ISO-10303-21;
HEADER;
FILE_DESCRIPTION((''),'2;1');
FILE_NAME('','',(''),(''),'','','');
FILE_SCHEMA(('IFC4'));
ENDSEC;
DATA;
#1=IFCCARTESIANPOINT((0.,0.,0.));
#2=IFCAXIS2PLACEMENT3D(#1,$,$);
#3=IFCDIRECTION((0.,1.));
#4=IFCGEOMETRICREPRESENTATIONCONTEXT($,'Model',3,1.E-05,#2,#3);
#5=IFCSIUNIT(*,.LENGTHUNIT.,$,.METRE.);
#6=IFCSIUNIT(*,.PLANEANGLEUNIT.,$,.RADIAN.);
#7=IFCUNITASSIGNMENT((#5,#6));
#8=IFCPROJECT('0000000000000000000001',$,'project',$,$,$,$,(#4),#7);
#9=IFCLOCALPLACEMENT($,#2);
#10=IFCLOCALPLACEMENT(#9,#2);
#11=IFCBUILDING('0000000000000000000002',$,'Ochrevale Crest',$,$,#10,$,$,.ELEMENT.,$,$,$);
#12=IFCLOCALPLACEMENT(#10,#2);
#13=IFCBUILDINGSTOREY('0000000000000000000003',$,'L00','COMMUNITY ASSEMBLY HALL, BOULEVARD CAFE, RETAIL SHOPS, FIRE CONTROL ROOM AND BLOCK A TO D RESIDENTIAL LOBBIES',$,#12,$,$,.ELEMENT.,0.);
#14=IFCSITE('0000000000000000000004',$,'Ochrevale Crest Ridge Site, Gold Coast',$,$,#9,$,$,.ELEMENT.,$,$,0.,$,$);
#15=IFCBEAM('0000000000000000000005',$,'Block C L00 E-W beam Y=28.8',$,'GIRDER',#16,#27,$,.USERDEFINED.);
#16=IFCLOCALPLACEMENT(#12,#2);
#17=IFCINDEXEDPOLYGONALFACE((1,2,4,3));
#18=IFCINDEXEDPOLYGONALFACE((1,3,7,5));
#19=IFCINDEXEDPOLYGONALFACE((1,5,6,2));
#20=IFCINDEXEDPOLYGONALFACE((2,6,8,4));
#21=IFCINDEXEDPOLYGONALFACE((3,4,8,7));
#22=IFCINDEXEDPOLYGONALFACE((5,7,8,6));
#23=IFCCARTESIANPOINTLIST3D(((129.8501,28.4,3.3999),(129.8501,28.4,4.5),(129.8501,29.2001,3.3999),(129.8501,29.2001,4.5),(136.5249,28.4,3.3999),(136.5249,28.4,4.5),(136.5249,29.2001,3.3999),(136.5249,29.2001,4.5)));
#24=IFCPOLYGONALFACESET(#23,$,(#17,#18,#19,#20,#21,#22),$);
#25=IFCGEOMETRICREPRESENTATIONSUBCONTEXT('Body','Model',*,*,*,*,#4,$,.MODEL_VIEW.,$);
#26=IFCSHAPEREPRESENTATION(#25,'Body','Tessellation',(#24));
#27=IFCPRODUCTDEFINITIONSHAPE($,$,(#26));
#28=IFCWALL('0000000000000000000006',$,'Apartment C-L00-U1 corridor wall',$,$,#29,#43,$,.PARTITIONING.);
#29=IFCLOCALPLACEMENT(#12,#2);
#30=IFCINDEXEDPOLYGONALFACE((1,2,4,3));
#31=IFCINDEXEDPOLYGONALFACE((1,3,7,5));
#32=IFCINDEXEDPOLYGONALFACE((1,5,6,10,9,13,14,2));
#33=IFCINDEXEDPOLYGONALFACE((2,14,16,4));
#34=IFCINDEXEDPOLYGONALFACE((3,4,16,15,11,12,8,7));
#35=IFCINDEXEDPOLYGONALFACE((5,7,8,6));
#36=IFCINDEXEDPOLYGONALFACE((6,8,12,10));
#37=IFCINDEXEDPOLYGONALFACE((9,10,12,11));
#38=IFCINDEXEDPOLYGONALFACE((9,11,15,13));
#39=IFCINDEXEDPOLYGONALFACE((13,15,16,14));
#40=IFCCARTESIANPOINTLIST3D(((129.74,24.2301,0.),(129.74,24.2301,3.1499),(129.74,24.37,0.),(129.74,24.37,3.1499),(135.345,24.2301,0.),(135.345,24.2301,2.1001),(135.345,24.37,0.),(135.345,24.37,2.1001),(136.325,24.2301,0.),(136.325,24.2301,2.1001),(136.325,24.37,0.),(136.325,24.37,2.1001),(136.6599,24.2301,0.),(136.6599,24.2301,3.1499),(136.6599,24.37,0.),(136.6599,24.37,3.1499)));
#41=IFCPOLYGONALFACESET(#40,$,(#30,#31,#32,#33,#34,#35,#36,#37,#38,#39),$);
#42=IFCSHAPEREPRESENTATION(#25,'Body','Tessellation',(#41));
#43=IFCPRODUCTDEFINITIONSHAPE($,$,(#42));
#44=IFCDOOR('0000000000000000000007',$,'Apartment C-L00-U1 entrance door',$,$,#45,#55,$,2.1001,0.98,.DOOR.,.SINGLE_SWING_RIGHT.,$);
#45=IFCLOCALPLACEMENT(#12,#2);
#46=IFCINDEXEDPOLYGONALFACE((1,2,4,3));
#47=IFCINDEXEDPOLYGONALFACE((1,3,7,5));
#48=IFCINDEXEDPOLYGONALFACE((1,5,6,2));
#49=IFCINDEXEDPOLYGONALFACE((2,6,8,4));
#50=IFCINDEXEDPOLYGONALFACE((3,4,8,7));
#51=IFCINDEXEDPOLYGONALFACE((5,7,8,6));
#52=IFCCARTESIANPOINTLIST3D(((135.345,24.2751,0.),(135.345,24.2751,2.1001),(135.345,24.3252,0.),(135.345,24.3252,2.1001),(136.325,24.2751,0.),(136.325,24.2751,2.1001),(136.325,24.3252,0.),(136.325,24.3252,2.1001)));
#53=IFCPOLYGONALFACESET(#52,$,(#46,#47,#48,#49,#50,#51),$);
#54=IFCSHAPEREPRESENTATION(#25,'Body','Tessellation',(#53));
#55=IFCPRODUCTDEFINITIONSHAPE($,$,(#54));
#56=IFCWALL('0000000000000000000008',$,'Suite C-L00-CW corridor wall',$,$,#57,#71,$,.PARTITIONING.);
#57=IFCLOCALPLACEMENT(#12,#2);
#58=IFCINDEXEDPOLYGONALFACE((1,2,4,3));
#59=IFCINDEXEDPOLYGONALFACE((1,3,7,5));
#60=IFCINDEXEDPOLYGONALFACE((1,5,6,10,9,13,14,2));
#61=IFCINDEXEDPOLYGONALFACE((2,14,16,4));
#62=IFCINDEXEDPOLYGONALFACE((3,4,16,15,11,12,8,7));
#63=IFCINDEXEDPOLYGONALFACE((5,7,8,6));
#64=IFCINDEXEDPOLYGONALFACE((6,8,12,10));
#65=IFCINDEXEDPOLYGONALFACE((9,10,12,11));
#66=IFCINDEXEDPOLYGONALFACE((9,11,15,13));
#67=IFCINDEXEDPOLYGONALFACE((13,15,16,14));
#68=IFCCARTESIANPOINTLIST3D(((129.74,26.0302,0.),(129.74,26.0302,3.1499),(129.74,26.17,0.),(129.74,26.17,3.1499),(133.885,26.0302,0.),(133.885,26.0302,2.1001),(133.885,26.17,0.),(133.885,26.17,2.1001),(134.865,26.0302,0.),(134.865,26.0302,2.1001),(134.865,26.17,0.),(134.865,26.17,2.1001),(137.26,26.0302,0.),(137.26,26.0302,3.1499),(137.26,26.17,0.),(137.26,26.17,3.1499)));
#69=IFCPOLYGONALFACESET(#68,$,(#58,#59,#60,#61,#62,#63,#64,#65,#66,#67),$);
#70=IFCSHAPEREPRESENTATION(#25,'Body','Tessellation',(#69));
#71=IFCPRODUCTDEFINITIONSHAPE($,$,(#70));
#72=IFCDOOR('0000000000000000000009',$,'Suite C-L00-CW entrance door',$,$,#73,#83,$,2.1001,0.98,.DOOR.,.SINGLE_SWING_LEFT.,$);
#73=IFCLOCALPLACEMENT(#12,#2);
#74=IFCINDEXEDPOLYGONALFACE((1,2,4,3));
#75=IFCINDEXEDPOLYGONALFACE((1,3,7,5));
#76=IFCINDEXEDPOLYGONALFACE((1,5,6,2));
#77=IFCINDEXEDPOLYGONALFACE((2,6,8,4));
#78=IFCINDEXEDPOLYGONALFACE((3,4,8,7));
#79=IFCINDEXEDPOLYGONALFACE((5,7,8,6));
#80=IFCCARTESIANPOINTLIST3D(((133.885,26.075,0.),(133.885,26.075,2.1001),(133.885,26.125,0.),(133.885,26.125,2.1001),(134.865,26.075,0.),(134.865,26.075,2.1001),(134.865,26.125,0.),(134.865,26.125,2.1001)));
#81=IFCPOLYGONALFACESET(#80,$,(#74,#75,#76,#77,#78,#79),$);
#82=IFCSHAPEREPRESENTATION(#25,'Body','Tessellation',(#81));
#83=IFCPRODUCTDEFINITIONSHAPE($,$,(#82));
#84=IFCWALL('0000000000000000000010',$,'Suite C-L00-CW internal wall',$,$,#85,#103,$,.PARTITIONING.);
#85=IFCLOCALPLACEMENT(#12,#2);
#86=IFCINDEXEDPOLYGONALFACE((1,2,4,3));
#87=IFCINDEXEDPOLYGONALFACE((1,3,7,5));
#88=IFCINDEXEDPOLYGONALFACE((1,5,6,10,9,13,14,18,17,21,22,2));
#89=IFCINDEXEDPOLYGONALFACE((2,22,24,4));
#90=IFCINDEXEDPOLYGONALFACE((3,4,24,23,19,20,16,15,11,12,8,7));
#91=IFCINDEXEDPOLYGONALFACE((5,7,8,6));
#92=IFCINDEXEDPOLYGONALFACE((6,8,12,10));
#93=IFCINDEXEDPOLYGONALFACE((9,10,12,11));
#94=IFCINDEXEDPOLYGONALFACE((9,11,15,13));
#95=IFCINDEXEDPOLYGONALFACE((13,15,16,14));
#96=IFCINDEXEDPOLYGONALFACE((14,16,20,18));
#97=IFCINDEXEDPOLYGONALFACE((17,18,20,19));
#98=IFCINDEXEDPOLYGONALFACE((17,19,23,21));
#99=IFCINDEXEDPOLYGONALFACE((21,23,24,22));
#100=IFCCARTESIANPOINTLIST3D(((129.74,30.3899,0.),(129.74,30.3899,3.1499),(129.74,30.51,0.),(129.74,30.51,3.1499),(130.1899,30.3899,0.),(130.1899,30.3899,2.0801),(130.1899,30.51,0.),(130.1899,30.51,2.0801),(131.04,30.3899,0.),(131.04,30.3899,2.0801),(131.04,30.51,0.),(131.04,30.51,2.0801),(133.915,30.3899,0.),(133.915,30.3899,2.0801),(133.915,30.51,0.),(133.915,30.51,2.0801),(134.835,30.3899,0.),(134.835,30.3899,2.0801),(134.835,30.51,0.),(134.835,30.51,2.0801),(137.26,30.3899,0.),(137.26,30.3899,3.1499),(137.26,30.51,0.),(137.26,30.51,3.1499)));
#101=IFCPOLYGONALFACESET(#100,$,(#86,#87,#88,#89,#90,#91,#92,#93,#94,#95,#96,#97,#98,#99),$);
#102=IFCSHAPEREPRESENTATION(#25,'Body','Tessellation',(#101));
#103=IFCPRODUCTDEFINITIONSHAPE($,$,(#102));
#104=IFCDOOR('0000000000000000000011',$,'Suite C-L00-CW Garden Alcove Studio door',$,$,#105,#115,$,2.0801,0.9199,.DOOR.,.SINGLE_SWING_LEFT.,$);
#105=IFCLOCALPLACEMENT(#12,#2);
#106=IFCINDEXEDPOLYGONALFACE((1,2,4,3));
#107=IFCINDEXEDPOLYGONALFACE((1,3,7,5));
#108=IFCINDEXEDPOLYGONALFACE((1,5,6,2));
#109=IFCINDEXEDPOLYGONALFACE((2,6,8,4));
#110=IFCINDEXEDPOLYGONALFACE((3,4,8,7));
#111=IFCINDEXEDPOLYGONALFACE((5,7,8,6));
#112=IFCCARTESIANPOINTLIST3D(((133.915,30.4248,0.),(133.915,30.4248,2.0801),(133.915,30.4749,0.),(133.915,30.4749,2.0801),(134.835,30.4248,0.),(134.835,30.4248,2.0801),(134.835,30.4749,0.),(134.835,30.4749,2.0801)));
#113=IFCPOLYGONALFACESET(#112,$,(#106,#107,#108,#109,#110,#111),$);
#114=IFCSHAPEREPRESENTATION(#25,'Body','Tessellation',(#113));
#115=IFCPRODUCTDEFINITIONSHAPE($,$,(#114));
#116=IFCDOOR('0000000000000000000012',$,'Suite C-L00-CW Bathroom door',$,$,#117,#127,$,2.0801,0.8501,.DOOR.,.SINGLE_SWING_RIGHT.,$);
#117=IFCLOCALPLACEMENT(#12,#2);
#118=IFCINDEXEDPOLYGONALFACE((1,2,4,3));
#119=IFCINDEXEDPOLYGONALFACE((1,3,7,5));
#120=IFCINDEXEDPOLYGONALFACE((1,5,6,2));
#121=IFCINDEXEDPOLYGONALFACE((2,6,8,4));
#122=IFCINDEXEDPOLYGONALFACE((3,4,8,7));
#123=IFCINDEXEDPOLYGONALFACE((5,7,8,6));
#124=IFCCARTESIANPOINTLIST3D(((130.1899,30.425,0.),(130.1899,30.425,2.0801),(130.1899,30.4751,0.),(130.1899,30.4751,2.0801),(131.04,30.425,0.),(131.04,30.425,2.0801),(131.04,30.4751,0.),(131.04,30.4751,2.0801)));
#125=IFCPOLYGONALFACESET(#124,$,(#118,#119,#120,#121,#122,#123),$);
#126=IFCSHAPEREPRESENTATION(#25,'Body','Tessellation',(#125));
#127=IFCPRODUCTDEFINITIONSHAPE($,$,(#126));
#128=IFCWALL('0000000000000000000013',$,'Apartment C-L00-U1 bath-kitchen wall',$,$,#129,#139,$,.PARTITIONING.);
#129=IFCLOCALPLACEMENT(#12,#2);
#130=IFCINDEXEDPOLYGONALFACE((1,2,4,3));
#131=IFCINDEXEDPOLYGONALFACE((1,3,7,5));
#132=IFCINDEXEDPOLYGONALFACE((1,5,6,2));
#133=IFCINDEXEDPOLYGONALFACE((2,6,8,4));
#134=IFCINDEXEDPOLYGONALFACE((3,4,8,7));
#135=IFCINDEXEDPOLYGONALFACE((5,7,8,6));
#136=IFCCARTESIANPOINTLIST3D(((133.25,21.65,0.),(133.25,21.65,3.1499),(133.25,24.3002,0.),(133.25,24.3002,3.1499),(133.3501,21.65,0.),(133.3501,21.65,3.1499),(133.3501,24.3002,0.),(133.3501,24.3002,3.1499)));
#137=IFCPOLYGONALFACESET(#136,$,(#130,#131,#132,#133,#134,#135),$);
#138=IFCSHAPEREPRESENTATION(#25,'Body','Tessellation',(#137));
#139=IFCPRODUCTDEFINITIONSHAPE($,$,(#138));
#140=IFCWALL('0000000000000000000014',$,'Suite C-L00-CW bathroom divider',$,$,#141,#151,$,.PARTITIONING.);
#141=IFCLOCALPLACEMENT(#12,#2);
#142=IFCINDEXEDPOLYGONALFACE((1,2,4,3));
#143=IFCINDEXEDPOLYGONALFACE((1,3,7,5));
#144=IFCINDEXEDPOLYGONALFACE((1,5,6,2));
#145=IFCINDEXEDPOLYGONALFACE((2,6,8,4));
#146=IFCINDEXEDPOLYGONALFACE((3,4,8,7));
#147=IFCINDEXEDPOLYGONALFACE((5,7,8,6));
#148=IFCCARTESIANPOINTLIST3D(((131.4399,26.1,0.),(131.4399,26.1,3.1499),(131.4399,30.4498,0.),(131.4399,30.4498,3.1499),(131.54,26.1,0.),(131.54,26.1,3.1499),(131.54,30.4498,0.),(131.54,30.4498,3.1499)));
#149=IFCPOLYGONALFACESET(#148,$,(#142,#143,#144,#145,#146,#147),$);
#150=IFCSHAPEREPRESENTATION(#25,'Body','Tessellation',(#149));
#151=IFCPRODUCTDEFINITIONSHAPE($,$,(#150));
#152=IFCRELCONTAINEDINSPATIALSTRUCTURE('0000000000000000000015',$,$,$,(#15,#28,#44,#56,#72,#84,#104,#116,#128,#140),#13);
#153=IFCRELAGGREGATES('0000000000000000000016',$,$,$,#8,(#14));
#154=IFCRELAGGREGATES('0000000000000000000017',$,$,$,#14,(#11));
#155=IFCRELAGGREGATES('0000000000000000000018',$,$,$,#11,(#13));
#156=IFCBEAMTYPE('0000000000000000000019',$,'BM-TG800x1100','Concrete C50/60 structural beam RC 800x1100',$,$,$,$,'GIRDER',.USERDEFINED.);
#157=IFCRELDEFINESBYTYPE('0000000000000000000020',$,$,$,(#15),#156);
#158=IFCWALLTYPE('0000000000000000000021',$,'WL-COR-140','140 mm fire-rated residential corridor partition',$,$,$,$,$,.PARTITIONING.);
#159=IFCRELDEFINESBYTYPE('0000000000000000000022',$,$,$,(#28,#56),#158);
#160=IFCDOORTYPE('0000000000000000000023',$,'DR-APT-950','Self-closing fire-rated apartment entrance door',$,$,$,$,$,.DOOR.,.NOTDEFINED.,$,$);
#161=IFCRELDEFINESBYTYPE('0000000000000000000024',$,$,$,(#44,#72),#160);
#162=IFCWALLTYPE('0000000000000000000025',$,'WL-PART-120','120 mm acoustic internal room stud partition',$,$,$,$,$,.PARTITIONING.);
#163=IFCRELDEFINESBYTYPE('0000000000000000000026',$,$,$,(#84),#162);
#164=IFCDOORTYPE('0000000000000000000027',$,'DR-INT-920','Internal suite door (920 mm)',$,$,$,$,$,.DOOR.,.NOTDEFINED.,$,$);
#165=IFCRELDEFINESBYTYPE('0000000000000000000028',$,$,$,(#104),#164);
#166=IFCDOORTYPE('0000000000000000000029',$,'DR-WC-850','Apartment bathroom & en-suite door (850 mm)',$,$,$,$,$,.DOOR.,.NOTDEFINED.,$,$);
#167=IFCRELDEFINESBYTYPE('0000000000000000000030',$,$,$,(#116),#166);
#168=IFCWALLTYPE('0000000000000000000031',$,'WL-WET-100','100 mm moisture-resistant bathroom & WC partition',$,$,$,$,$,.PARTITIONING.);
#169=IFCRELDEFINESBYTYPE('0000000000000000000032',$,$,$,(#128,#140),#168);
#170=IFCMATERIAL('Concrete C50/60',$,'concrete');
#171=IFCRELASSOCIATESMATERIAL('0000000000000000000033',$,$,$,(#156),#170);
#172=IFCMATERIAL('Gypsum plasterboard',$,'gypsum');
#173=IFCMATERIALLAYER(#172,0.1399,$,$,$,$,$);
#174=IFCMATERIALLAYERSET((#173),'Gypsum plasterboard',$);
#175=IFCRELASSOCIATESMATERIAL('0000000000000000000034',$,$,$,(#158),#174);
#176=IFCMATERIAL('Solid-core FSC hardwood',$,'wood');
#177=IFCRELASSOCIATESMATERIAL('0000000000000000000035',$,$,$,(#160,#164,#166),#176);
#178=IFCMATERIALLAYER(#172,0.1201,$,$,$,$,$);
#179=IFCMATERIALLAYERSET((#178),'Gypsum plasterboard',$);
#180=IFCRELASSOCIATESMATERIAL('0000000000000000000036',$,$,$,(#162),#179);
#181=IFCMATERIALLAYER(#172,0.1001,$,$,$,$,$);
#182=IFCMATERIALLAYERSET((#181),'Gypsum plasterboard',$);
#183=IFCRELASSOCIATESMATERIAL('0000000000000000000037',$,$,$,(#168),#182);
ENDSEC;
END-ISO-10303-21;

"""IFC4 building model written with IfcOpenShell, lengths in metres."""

from ifc_helpers import new_model, si_unit, direction, frame, frame_2d, origin, origin_2d, place, context, subcontext, project, spatial, rectangle, extrude, material, layer, layer_set, material_profile, profile_set, type_object, element, fill, save


model = new_model("IFC4")

# Units and contexts
model_context = context("Model", 3, precision=1e-05, world=origin(), true_north=direction((0.0, 1.0)))
body_context = subcontext(model_context, "Body", "Model", "MODEL_VIEW")
ifc_project = project(units=[si_unit("LENGTHUNIT", "METRE"), si_unit("PLANEANGLEUNIT", "RADIAN")], contexts=[model_context])

# Site, building, storey
site_placement = place(None, origin())
site = spatial("IfcSite", under=ifc_project, at=site_placement, Name="Ochrevale Crest Ridge Site, Gold Coast", CompositionType="ELEMENT", RefElevation=0.0)
building_placement = place(site_placement, origin())
building = spatial("IfcBuilding", under=site, at=building_placement, Name="Ochrevale Crest", CompositionType="ELEMENT")
storey_placement = place(building_placement, origin())
storey = spatial("IfcBuildingStorey", under=building, at=storey_placement, Name="L00", Description="COMMUNITY ASSEMBLY HALL, BOULEVARD CAFE, RETAIL SHOPS, FIRE CONTROL ROOM AND BLOCK A TO D RESIDENTIAL LOBBIES", CompositionType="ELEMENT", Elevation=0.0)

# Beam
ifc_material_1 = material(Name="Concrete C50/60", Category="concrete")
ifc_material_profile = material_profile(ifc_material_1, rectangle(XDim=0.8, YDim=1.1001, at=origin_2d()), Name="RC 800x1100")
ifc_profile_set = profile_set([ifc_material_profile], Name="Concrete C50/60")
beam_type = type_object("IfcBeamType", Name="BM-TG800x1100", Description="Concrete C50/60 structural beam RC 800x1100", ElementType="GIRDER", PredefinedType="USERDEFINED", material=ifc_profile_set)
beam_placement = place(storey_placement, frame((129.8501, 28.8, 3.95), z_axis=(1.0, 0.0, 0.0), x_axis=(0.0, 1.0, 0.0)))
element("IfcBeam", 1, at=beam_placement, inside=storey, type_object=beam_type, Name="Block C L00 E-W beam Y=28.8", ObjectType="GIRDER", PredefinedType="USERDEFINED", context=body_context, shape_type="SweptSolid", body=[
    extrude(rectangle(XDim=0.8, YDim=1.1001, at=origin_2d()), origin(), (0.0, 0.0, 1.0), 6.6748),
])

# Walls, openings, doors
ifc_material_2 = material(Name="Gypsum plasterboard", Category="gypsum")
ifc_layer_1 = layer(ifc_material_2, 0.1399)
ifc_layer_set_1 = layer_set([ifc_layer_1], Name="Gypsum plasterboard")
wall_type_1 = type_object("IfcWallType", Name="WL-COR-140", Description="140 mm fire-rated residential corridor partition", PredefinedType="PARTITIONING", material=ifc_layer_set_1)
wall_1_placement = place(storey_placement, frame((129.74, 24.3, 0.0), z_axis=(0.0, 0.0, 1.0), x_axis=(1.0, 0.0, 0.0)))
wall_1 = element("IfcWall", 2, at=wall_1_placement, inside=storey, type_object=wall_type_1, Name="Apartment C-L00-U1 corridor wall", PredefinedType="PARTITIONING", context=body_context, shape_type="SweptSolid", body=[
    extrude(rectangle(XDim=6.9199, YDim=0.1399, at=frame_2d((3.46, 0.0))), origin(), (0.0, 0.0, 1.0), 3.1499),
])
opening_1_placement = place(wall_1_placement, frame((6.585, 0.0, 0.0), z_axis=(0.0, 0.0, 1.0), x_axis=(-1.0, 0.0, 0.0)))
opening_1 = element("IfcOpeningElement", 3, at=opening_1_placement, cuts=wall_1, PredefinedType="OPENING", context=body_context, shape_type="SweptSolid", body=[
    extrude(rectangle(XDim=0.98, YDim=2.1001, at=frame_2d((0.49, 1.05))), frame((0.0, 0.0801, 0.0), z_axis=(0.0, -1.0, 0.0), x_axis=(1.0, 0.0, 0.0)), (0.0, 0.0, 1.0), 0.1599),
])
ifc_material_3 = material(Name="Solid-core FSC hardwood", Category="wood")
door_type_1 = type_object("IfcDoorType", Name="DR-APT-950", Description="Self-closing fire-rated apartment entrance door", OperationType="NOTDEFINED", PredefinedType="DOOR", material=ifc_material_3)
door_1_placement = place(opening_1_placement, origin())
door_1 = element("IfcDoor", 4, at=door_1_placement, inside=storey, type_object=door_type_1, Name="Apartment C-L00-U1 entrance door", OperationType="SINGLE_SWING_RIGHT", OverallHeight=2.1001, OverallWidth=0.98, PredefinedType="DOOR", context=body_context, shape_type="SweptSolid", body=[
    extrude(rectangle(XDim=0.98, YDim=2.1001, at=frame_2d((0.49, 1.05))), frame((0.0, 0.0249, 0.0), z_axis=(0.0, -1.0, 0.0), x_axis=(1.0, 0.0, 0.0)), (0.0, 0.0, 1.0), 0.05),
])
fill(opening_1, door_1)
wall_2_placement = place(storey_placement, frame((129.74, 26.1001, 0.0), z_axis=(0.0, 0.0, 1.0), x_axis=(1.0, 0.0, 0.0)))
wall_2 = element("IfcWall", 5, at=wall_2_placement, inside=storey, type_object=wall_type_1, Name="Suite C-L00-CW corridor wall", PredefinedType="PARTITIONING", context=body_context, shape_type="SweptSolid", body=[
    extrude(rectangle(XDim=7.52, YDim=0.1399, at=frame_2d((3.76, 0.0))), origin(), (0.0, 0.0, 1.0), 3.1499),
])
opening_2_placement = place(wall_2_placement, frame((4.145, 0.0, 0.0)))
opening_2 = element("IfcOpeningElement", 6, at=opening_2_placement, cuts=wall_2, PredefinedType="OPENING", context=body_context, shape_type="SweptSolid", body=[
    extrude(rectangle(XDim=0.98, YDim=2.1001, at=frame_2d((0.49, 1.05))), frame((0.0, 0.0801, 0.0), z_axis=(0.0, -1.0, 0.0), x_axis=(1.0, 0.0, 0.0)), (0.0, 0.0, 1.0), 0.1599),
])
door_2_placement = place(opening_2_placement, origin())
door_2 = element("IfcDoor", 7, at=door_2_placement, inside=storey, type_object=door_type_1, Name="Suite C-L00-CW entrance door", OperationType="SINGLE_SWING_LEFT", OverallHeight=2.1001, OverallWidth=0.98, PredefinedType="DOOR", context=body_context, shape_type="SweptSolid", body=[
    extrude(rectangle(XDim=0.98, YDim=2.1001, at=frame_2d((0.49, 1.05))), frame((0.0, 0.0249, 0.0), z_axis=(0.0, -1.0, 0.0), x_axis=(1.0, 0.0, 0.0)), (0.0, 0.0, 1.0), 0.05),
])
fill(opening_2, door_2)

# Wall, openings, doors
ifc_layer_2 = layer(ifc_material_2, 0.1201)
ifc_layer_set_2 = layer_set([ifc_layer_2], Name="Gypsum plasterboard")
wall_type_2 = type_object("IfcWallType", Name="WL-PART-120", Description="120 mm acoustic internal room stud partition", PredefinedType="PARTITIONING", material=ifc_layer_set_2)
wall_3_placement = place(storey_placement, frame((129.74, 30.45, 0.0), z_axis=(0.0, 0.0, 1.0), x_axis=(1.0, 0.0, 0.0)))
wall_3 = element("IfcWall", 8, at=wall_3_placement, inside=storey, type_object=wall_type_2, Name="Suite C-L00-CW internal wall", PredefinedType="PARTITIONING", context=body_context, shape_type="SweptSolid", body=[
    extrude(rectangle(XDim=7.52, YDim=0.1201, at=frame_2d((3.76, 0.0))), origin(), (0.0, 0.0, 1.0), 3.1499),
])
opening_3_placement = place(wall_3_placement, frame((1.3, 0.0, 0.0), z_axis=(0.0, 0.0, 1.0), x_axis=(-1.0, 0.0, 0.0)))
opening_3 = element("IfcOpeningElement", 9, at=opening_3_placement, cuts=wall_3, PredefinedType="OPENING", context=body_context, shape_type="SweptSolid", body=[
    extrude(rectangle(XDim=0.8501, YDim=2.0801, at=frame_2d((0.425, 1.04))), frame((0.0, 0.0701, 0.0), z_axis=(0.0, -1.0, 0.0), x_axis=(1.0, 0.0, 0.0)), (0.0, 0.0, 1.0), 0.1401),
])
opening_4_placement = place(wall_3_placement, frame((4.175, 0.0, 0.0)))
opening_4 = element("IfcOpeningElement", 10, at=opening_4_placement, cuts=wall_3, PredefinedType="OPENING", context=body_context, shape_type="SweptSolid", body=[
    extrude(rectangle(XDim=0.9199, YDim=2.0801, at=frame_2d((0.46, 1.04))), frame((0.0, 0.0701, 0.0), z_axis=(0.0, -1.0, 0.0), x_axis=(1.0, 0.0, 0.0)), (0.0, 0.0, 1.0), 0.1401),
])
door_type_2 = type_object("IfcDoorType", Name="DR-INT-920", Description="Internal suite door (920 mm)", OperationType="NOTDEFINED", PredefinedType="DOOR", material=ifc_material_3)
door_3_placement = place(opening_4_placement, origin())
door_3 = element("IfcDoor", 11, at=door_3_placement, inside=storey, type_object=door_type_2, Name="Suite C-L00-CW Garden Alcove Studio door", OperationType="SINGLE_SWING_LEFT", OverallHeight=2.0801, OverallWidth=0.9199, PredefinedType="DOOR", context=body_context, shape_type="SweptSolid", body=[
    extrude(rectangle(XDim=0.9199, YDim=2.0801, at=frame_2d((0.46, 1.04))), frame((0.0, 0.0249, 0.0), z_axis=(0.0, -1.0, 0.0), x_axis=(1.0, 0.0, 0.0)), (0.0, 0.0, 1.0), 0.05),
])
fill(opening_4, door_3)
door_type_3 = type_object("IfcDoorType", Name="DR-WC-850", Description="Apartment bathroom & en-suite door (850 mm)", OperationType="NOTDEFINED", PredefinedType="DOOR", material=ifc_material_3)
door_4_placement = place(opening_3_placement, origin())
door_4 = element("IfcDoor", 12, at=door_4_placement, inside=storey, type_object=door_type_3, Name="Suite C-L00-CW Bathroom door", OperationType="SINGLE_SWING_RIGHT", OverallHeight=2.0801, OverallWidth=0.8501, PredefinedType="DOOR", context=body_context, shape_type="SweptSolid", body=[
    extrude(rectangle(XDim=0.8501, YDim=2.0801, at=frame_2d((0.425, 1.04))), frame((0.0, 0.0249, 0.0), z_axis=(0.0, -1.0, 0.0), x_axis=(1.0, 0.0, 0.0)), (0.0, 0.0, 1.0), 0.05),
])
fill(opening_3, door_4)

# Walls
ifc_layer_3 = layer(ifc_material_2, 0.1001)
ifc_layer_set_3 = layer_set([ifc_layer_3], Name="Gypsum plasterboard")
wall_type_3 = type_object("IfcWallType", Name="WL-WET-100", Description="100 mm moisture-resistant bathroom & WC partition", PredefinedType="PARTITIONING", material=ifc_layer_set_3)
wall_4_placement = place(storey_placement, frame((133.3, 21.6499, 0.0), z_axis=(0.0, 0.0, 1.0), x_axis=(0.0, 1.0, 0.0)))
element("IfcWall", 13, at=wall_4_placement, inside=storey, type_object=wall_type_3, Name="Apartment C-L00-U1 bath-kitchen wall", PredefinedType="PARTITIONING", context=body_context, shape_type="SweptSolid", body=[
    extrude(rectangle(XDim=2.6501, YDim=0.1001, at=frame_2d((1.3252, 0.0))), origin(), (0.0, 0.0, 1.0), 3.1499),
])
wall_5_placement = place(storey_placement, frame((131.49, 26.1001, 0.0), z_axis=(0.0, 0.0, 1.0), x_axis=(0.0, 1.0, 0.0)))
element("IfcWall", 14, at=wall_5_placement, inside=storey, type_object=wall_type_3, Name="Suite C-L00-CW bathroom divider", PredefinedType="PARTITIONING", context=body_context, shape_type="SweptSolid", body=[
    extrude(rectangle(XDim=4.3499, YDim=0.1001, at=frame_2d((2.1748, 0.0))), origin(), (0.0, 0.0, 1.0), 3.1499),
])

save(model, "model.ifc")
